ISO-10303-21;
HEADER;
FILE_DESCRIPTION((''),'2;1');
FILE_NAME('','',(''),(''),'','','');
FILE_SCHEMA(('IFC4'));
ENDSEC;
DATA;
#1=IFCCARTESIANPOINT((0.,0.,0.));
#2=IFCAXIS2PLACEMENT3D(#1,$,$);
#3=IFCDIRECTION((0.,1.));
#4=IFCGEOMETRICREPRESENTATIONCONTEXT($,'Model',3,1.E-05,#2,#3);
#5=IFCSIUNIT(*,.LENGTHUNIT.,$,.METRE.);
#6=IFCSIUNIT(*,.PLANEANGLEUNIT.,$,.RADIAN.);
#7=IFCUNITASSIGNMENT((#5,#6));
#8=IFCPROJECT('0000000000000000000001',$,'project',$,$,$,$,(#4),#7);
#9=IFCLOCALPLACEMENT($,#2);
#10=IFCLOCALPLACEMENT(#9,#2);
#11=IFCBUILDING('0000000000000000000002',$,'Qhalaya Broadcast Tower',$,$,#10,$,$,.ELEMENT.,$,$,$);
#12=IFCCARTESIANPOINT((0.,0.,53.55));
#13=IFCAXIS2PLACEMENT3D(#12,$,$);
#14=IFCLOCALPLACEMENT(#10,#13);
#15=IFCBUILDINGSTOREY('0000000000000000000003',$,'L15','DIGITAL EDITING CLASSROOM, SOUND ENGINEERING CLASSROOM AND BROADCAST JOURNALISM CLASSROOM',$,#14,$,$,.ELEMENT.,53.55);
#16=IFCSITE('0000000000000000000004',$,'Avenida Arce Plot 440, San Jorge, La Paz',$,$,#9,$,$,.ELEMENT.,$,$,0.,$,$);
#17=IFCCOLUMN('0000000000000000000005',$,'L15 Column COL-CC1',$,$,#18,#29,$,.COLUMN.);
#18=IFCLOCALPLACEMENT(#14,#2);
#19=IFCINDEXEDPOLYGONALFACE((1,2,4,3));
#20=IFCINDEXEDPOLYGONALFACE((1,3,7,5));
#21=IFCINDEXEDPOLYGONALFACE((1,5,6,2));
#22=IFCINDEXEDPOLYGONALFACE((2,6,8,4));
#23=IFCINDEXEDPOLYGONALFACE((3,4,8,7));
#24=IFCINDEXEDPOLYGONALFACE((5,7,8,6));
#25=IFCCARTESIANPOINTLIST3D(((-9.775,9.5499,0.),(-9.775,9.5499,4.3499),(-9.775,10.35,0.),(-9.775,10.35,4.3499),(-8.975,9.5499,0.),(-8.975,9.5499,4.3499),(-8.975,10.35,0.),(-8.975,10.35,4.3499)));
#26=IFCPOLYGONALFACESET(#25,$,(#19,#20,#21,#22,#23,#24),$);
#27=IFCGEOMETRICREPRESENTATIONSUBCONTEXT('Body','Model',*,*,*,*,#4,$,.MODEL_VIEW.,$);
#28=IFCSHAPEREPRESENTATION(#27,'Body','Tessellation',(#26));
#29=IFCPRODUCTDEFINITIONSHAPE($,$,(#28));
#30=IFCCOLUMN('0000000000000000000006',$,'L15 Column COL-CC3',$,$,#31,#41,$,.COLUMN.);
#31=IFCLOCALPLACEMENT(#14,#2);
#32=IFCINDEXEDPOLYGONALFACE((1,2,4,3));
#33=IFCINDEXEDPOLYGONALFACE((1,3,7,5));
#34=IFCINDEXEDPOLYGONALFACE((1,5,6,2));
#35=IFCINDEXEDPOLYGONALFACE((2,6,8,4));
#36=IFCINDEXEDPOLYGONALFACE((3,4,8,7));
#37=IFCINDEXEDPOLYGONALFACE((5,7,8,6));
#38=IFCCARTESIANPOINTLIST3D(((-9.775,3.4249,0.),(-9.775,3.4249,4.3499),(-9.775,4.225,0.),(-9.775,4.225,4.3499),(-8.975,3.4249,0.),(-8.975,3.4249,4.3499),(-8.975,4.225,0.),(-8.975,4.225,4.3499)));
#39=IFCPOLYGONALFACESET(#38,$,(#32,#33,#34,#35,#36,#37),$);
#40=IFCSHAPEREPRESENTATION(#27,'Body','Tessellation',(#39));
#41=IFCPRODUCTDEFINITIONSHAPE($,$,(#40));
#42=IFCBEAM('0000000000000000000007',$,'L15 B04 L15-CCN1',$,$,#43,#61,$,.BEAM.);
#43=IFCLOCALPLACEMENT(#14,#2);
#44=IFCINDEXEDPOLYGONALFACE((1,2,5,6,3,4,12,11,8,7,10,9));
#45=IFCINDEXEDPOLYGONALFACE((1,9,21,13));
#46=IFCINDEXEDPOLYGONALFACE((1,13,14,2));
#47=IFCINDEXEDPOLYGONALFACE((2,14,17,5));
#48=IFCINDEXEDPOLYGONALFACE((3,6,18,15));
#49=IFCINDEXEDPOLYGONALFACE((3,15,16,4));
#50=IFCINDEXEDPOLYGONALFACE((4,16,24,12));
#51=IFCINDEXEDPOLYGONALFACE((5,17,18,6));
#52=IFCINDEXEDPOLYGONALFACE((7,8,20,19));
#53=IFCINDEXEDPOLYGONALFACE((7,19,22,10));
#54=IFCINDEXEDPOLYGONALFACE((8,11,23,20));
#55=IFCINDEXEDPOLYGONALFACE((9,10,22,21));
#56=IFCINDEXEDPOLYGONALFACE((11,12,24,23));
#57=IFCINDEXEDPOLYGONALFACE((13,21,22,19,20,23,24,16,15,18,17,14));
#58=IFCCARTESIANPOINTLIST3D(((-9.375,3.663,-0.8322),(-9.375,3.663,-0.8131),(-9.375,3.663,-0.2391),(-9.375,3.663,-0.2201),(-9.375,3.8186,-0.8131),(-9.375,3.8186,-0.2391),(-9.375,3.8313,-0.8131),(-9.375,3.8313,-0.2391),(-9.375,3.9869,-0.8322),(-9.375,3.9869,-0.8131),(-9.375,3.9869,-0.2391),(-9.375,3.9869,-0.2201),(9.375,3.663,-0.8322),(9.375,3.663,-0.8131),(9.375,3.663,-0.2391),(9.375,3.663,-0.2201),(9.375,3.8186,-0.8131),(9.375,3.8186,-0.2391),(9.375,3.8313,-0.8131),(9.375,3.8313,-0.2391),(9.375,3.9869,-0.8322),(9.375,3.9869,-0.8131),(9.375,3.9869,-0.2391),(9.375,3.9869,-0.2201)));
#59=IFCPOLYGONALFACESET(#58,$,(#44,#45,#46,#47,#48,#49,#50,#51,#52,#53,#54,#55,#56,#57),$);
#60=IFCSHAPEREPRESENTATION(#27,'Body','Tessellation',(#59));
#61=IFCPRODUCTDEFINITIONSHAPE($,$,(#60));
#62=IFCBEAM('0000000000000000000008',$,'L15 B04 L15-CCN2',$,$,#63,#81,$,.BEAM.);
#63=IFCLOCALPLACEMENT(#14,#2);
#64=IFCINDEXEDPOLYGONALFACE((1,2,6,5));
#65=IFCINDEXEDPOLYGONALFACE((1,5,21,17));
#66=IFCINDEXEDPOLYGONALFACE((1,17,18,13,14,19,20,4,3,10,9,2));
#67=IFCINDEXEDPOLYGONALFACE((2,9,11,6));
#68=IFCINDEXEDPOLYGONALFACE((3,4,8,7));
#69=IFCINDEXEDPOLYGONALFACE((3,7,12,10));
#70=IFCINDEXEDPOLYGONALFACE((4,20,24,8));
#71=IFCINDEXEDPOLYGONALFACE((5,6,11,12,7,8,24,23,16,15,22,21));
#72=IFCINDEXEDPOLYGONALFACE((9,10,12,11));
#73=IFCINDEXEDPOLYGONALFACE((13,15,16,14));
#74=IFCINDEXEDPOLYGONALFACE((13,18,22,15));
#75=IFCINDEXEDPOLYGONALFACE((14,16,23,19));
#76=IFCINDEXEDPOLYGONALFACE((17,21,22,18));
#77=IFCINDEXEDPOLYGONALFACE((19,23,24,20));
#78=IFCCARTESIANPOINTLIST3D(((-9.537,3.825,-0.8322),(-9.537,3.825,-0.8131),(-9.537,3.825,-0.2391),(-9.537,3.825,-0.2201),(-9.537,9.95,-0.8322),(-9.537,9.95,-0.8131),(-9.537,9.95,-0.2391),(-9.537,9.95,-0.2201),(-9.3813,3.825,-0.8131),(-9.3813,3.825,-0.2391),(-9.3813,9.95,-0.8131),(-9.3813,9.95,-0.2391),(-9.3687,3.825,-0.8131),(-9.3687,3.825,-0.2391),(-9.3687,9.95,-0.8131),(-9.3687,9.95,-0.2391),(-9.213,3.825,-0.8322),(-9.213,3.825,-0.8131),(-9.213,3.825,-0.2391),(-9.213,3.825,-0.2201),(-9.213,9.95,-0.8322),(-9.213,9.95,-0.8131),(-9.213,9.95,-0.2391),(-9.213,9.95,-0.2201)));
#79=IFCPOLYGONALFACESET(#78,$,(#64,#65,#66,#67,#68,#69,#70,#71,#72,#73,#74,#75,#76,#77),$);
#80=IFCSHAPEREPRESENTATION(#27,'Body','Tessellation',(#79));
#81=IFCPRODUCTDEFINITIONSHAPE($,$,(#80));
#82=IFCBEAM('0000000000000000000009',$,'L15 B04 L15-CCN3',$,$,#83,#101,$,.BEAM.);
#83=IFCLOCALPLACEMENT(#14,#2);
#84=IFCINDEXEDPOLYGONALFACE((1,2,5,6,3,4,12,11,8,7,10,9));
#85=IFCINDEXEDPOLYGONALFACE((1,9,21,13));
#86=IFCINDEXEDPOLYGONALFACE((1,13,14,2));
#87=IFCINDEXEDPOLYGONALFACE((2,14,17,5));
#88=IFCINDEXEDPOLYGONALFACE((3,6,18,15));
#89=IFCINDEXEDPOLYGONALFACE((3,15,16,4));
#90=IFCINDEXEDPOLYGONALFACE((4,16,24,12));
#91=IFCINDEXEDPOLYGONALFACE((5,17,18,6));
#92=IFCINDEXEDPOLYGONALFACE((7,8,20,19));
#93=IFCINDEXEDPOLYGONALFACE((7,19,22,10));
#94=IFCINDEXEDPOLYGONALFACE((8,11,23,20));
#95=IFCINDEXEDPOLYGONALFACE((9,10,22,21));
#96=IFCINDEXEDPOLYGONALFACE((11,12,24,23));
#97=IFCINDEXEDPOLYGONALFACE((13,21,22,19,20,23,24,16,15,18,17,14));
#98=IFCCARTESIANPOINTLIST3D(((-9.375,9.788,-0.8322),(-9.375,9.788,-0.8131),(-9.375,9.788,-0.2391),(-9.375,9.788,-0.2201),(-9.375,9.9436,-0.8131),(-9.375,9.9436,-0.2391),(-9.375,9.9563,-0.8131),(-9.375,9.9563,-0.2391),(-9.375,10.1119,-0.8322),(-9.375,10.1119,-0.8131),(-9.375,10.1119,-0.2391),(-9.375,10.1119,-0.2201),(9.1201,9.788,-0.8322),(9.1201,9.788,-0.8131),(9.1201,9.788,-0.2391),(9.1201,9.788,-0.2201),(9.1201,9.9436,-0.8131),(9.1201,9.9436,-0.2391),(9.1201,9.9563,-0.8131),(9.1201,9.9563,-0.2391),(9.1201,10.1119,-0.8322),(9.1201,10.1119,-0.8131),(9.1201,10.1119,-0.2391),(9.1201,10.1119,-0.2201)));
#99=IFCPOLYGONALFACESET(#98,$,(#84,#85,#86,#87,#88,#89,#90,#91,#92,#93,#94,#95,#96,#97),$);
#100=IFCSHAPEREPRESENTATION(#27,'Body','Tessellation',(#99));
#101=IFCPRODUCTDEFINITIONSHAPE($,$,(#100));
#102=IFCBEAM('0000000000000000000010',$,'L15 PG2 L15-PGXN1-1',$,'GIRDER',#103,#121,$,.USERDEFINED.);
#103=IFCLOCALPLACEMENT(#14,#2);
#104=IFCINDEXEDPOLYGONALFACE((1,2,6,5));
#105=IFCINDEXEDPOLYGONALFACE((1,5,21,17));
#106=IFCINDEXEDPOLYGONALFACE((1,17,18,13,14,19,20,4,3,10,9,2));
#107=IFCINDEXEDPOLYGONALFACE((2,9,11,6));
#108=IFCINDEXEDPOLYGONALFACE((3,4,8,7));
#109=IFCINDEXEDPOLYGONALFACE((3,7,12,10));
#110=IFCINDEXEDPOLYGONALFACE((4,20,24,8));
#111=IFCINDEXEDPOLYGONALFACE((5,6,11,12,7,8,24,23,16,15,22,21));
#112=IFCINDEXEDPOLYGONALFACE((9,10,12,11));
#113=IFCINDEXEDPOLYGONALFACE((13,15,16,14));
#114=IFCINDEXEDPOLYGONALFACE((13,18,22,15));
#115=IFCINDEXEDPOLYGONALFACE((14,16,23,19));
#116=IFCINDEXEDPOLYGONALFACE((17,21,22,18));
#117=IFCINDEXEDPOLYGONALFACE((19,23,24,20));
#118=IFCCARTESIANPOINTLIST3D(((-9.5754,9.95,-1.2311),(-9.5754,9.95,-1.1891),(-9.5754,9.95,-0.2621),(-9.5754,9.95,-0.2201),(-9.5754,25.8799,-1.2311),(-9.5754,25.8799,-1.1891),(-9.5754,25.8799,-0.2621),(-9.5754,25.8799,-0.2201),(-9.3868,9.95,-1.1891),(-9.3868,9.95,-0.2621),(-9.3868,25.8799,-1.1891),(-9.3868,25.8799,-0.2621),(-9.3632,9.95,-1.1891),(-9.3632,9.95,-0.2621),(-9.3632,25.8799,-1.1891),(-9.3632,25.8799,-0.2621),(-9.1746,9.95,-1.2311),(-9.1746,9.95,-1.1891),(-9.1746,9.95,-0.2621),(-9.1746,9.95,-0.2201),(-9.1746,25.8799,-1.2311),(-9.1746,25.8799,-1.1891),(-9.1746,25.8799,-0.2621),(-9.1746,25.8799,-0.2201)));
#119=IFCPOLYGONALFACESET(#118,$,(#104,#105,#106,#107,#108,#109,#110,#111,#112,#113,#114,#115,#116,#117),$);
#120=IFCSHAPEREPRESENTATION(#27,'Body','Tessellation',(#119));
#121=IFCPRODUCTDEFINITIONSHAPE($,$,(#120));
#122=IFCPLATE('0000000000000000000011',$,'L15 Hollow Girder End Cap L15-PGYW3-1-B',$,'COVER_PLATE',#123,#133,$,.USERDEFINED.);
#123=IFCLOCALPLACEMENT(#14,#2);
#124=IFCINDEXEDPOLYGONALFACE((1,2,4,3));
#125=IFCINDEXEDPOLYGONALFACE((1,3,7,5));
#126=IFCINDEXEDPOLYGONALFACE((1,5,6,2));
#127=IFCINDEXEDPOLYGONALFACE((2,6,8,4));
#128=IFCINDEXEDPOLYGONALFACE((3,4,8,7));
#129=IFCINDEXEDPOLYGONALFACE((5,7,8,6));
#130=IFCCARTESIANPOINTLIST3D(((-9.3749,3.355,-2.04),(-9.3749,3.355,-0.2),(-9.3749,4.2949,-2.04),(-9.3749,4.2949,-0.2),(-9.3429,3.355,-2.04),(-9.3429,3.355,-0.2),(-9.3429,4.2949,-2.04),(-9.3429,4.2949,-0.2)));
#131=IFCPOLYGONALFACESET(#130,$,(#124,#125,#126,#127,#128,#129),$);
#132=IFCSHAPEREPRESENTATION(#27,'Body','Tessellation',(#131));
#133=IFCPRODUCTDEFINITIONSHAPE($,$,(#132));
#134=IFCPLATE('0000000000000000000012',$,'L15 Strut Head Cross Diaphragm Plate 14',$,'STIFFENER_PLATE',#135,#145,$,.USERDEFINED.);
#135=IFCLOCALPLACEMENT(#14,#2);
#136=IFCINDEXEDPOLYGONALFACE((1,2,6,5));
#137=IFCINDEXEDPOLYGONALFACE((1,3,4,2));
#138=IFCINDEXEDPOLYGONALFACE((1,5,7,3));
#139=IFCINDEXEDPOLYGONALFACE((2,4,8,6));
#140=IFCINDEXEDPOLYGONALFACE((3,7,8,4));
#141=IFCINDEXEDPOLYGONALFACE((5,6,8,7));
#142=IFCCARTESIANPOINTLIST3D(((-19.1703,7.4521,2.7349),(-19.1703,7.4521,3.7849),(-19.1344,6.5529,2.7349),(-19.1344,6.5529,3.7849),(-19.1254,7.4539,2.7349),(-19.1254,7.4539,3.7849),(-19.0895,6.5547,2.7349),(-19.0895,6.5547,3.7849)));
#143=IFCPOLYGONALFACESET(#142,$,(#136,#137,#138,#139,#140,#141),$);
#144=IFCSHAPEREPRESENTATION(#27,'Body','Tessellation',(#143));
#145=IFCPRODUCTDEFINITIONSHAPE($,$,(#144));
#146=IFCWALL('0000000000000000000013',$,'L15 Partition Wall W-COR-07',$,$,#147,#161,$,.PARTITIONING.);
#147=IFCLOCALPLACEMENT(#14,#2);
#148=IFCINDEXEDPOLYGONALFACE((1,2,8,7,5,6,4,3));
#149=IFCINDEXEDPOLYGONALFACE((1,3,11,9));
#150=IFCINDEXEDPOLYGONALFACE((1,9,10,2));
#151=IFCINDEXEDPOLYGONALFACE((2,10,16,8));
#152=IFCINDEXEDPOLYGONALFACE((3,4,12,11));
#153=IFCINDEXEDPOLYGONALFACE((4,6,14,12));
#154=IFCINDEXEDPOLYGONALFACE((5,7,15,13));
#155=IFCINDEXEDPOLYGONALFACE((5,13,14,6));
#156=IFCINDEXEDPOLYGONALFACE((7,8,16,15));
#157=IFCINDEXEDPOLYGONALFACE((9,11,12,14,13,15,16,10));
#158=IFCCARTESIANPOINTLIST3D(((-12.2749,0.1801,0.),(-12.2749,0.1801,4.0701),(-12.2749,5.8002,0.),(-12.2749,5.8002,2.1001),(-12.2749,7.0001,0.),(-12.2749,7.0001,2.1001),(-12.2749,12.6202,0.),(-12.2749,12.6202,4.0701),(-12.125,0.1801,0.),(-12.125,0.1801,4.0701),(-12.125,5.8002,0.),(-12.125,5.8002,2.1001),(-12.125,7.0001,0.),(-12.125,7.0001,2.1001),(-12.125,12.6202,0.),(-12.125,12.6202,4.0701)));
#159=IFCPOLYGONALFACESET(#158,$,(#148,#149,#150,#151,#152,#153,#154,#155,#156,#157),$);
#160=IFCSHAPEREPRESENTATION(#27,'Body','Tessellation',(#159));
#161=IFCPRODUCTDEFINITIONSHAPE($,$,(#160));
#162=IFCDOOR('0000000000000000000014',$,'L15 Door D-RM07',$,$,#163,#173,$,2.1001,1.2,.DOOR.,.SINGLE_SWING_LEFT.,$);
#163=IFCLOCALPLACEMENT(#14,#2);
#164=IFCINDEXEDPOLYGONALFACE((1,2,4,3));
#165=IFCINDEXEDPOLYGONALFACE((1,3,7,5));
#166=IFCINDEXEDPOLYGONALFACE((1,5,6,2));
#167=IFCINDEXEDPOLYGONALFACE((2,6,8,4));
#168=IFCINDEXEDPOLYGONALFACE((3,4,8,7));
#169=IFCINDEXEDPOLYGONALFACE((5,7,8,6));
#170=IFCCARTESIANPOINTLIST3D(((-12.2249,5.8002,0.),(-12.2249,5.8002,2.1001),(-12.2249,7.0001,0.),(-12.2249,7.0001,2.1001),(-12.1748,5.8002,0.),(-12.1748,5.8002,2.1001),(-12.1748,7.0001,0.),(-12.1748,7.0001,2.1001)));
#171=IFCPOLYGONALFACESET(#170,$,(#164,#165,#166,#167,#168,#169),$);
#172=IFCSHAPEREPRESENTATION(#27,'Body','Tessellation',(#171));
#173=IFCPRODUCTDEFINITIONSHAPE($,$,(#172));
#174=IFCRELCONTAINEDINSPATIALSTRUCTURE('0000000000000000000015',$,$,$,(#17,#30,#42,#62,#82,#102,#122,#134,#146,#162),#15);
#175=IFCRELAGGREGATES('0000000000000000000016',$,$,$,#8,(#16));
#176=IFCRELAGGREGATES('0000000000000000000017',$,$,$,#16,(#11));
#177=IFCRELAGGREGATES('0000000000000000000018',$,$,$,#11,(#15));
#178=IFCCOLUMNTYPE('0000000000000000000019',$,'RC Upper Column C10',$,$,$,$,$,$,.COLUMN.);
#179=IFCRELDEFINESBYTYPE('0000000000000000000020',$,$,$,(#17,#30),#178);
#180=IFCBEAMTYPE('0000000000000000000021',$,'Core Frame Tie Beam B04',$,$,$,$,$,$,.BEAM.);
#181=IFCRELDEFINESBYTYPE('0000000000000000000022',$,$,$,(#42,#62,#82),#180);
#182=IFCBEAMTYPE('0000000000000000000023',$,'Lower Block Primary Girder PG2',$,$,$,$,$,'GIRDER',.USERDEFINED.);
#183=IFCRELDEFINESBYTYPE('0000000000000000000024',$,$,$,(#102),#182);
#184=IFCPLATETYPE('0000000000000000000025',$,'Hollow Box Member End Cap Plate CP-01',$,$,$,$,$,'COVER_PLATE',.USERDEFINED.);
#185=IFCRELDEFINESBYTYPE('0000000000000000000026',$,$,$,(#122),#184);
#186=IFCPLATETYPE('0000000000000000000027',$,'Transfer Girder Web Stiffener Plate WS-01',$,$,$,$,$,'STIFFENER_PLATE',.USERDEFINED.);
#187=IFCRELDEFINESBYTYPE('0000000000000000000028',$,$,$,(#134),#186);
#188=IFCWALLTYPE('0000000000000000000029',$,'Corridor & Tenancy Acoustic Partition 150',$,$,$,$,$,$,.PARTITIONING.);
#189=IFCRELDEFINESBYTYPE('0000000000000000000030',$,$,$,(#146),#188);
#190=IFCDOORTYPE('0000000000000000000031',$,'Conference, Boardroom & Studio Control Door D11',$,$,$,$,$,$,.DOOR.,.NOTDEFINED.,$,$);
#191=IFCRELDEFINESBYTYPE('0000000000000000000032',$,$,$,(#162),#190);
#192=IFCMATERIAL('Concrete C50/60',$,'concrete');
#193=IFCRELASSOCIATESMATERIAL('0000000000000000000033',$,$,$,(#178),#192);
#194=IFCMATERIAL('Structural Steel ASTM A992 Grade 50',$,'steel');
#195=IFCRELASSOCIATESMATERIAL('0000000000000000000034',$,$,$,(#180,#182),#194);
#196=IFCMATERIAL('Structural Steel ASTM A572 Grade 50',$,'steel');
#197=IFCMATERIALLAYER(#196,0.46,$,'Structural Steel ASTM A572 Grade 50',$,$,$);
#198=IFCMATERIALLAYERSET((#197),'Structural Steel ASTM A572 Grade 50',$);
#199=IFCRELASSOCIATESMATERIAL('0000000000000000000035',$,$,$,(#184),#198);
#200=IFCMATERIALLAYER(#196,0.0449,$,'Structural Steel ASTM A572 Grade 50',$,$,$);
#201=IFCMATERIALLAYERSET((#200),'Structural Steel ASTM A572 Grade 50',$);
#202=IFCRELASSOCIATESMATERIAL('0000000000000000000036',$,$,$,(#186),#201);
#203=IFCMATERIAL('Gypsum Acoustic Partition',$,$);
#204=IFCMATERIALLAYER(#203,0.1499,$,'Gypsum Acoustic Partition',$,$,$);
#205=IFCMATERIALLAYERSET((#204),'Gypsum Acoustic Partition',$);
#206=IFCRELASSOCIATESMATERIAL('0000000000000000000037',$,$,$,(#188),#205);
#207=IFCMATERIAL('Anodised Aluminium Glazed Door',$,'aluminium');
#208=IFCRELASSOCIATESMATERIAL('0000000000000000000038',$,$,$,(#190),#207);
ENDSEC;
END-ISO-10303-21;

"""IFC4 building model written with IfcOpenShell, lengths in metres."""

from ifc_helpers import new_model, si_unit, direction, frame, frame_2d, origin, origin_2d, place, context, subcontext, project, spatial, rectangle, i_section, extrude, material, layer, layer_set, material_profile, profile_set, type_object, element, fill, save


model = new_model("IFC4")

# Units and contexts
model_context = context("Model", 3, precision=1e-05, world=origin(), true_north=direction((0.0, 1.0)))
body_context = subcontext(model_context, "Body", "Model", "MODEL_VIEW")
ifc_project = project(units=[si_unit("LENGTHUNIT", "METRE"), si_unit("PLANEANGLEUNIT", "RADIAN")], contexts=[model_context])

# Site, building, storey
site_placement = place(None, origin())
site = spatial("IfcSite", under=ifc_project, at=site_placement, Name="Avenida Arce Plot 440, San Jorge, La Paz", CompositionType="ELEMENT", RefElevation=0.0)
building_placement = place(site_placement, origin())
building = spatial("IfcBuilding", under=site, at=building_placement, Name="Qhalaya Broadcast Tower", CompositionType="ELEMENT")
storey_placement = place(building_placement, frame((0.0, 0.0, 53.55)))
storey = spatial("IfcBuildingStorey", under=building, at=storey_placement, Name="L15", Description="DIGITAL EDITING CLASSROOM, SOUND ENGINEERING CLASSROOM AND BROADCAST JOURNALISM CLASSROOM", CompositionType="ELEMENT", Elevation=53.55)

# Columns
ifc_material_1 = material(Name="Concrete C50/60", Category="concrete")
ifc_material_profile_1 = material_profile(ifc_material_1, rectangle(XDim=0.8, YDim=0.8, at=origin_2d()), Name="RC-COL 800x800")
ifc_profile_set_1 = profile_set([ifc_material_profile_1], Name="Concrete C50/60")
column_type = type_object("IfcColumnType", Name="RC Upper Column C10", PredefinedType="COLUMN", material=ifc_profile_set_1)
for number, where, z_axis, x_axis, name in (
    (1, (-9.375, 9.95, 0.0), (0.0, 0.0, 1.0), (1.0, 0.0, 0.0), "L15 Column COL-CC1"),
    (2, (-9.375, 3.825, 0.0), (0.0, 0.0, 1.0), (1.0, 0.0, 0.0), "L15 Column COL-CC3"),
):
    element("IfcColumn", number, at=place(storey_placement, frame(where, z_axis=z_axis, x_axis=x_axis)), inside=storey, type_object=column_type, Name=name, PredefinedType="COLUMN", context=body_context, shape_type="SweptSolid", body=[
        extrude(rectangle(XDim=0.8, YDim=0.8, at=origin_2d()), origin(), (0.0, 0.0, 1.0), 4.3499),
    ])

# Beams
ifc_material_2 = material(Name="Structural Steel ASTM A992 Grade 50", Category="steel")
ifc_material_profile_2 = material_profile(ifc_material_2, i_section(OverallWidth=0.324, OverallDepth=0.6121, WebThickness=0.0127, FlangeThickness=0.019, at=origin_2d()), Name="W24X104")
ifc_profile_set_2 = profile_set([ifc_material_profile_2], Name="Structural Steel ASTM A992 Grade 50")
beam_type_1 = type_object("IfcBeamType", Name="Core Frame Tie Beam B04", PredefinedType="BEAM", material=ifc_profile_set_2)
beam_1_placement = place(storey_placement, frame((-9.375, 3.825, -0.5261), z_axis=(1.0, 0.0, 0.0), x_axis=(0.0, 1.0, 0.0)))
element("IfcBeam", 3, at=beam_1_placement, inside=storey, type_object=beam_type_1, Name="L15 B04 L15-CCN1", PredefinedType="BEAM", context=body_context, shape_type="SweptSolid", body=[
    extrude(i_section(OverallWidth=0.324, OverallDepth=0.6121, WebThickness=0.0127, FlangeThickness=0.019, at=origin_2d()), origin(), (0.0, 0.0, 1.0), 18.75),
])
beam_2_placement = place(storey_placement, frame((-9.375, 3.825, -0.5261), z_axis=(0.0, 1.0, 0.0), x_axis=(-1.0, 0.0, 0.0)))
element("IfcBeam", 4, at=beam_2_placement, inside=storey, type_object=beam_type_1, Name="L15 B04 L15-CCN2", PredefinedType="BEAM", context=body_context, shape_type="SweptSolid", body=[
    extrude(i_section(OverallWidth=0.324, OverallDepth=0.6121, WebThickness=0.0127, FlangeThickness=0.019, at=origin_2d()), origin(), (0.0, 0.0, 1.0), 6.125),
])
beam_3_placement = place(storey_placement, frame((-9.375, 9.95, -0.5261), z_axis=(1.0, 0.0, 0.0), x_axis=(0.0, 1.0, 0.0)))
element("IfcBeam", 5, at=beam_3_placement, inside=storey, type_object=beam_type_1, Name="L15 B04 L15-CCN3", PredefinedType="BEAM", context=body_context, shape_type="SweptSolid", body=[
    extrude(i_section(OverallWidth=0.324, OverallDepth=0.6121, WebThickness=0.0127, FlangeThickness=0.019, at=origin_2d()), origin(), (0.0, 0.0, 1.0), 18.4951),
])
ifc_material_profile_3 = material_profile(ifc_material_2, i_section(OverallWidth=0.4009, OverallDepth=1.011, WebThickness=0.0237, FlangeThickness=0.042, at=origin_2d()), Name="W40X297")
ifc_profile_set_3 = profile_set([ifc_material_profile_3], Name="Structural Steel ASTM A992 Grade 50")
beam_type_2 = type_object("IfcBeamType", Name="Lower Block Primary Girder PG2", ElementType="GIRDER", PredefinedType="USERDEFINED", material=ifc_profile_set_3)
beam_4_placement = place(storey_placement, frame((-9.375, 9.95, -0.7256), z_axis=(0.0, 1.0, 0.0), x_axis=(-1.0, 0.0, 0.0)))
element("IfcBeam", 6, at=beam_4_placement, inside=storey, type_object=beam_type_2, Name="L15 PG2 L15-PGXN1-1", ObjectType="GIRDER", PredefinedType="USERDEFINED", context=body_context, shape_type="SweptSolid", body=[
    extrude(i_section(OverallWidth=0.4009, OverallDepth=1.011, WebThickness=0.0237, FlangeThickness=0.042, at=origin_2d()), origin(), (0.0, 0.0, 1.0), 15.9299),
])

# Plates
ifc_material_3 = material(Name="Structural Steel ASTM A572 Grade 50", Category="steel")
ifc_layer_1 = layer(ifc_material_3, 0.46, Name="Structural Steel ASTM A572 Grade 50")
ifc_layer_set_1 = layer_set([ifc_layer_1], Name="Structural Steel ASTM A572 Grade 50")
plate_type_1 = type_object("IfcPlateType", Name="Hollow Box Member End Cap Plate CP-01", ElementType="COVER_PLATE", PredefinedType="USERDEFINED", material=ifc_layer_set_1)
plate_1_placement = place(storey_placement, frame((-9.3589, 3.825, -2.04), z_axis=(0.0, 0.0, 1.0), x_axis=(0.0, 1.0, 0.0)))
element("IfcPlate", 7, at=plate_1_placement, inside=storey, type_object=plate_type_1, Name="L15 Hollow Girder End Cap L15-PGYW3-1-B", ObjectType="COVER_PLATE", PredefinedType="USERDEFINED", context=body_context, shape_type="SweptSolid", body=[
    extrude(rectangle(XDim=0.9399, YDim=0.032, at=origin_2d()), origin(), (0.0, 0.0, 1.0), 1.8401),
])
ifc_layer_2 = layer(ifc_material_3, 0.0449, Name="Structural Steel ASTM A572 Grade 50")
ifc_layer_set_2 = layer_set([ifc_layer_2], Name="Structural Steel ASTM A572 Grade 50")
plate_type_2 = type_object("IfcPlateType", Name="Transfer Girder Web Stiffener Plate WS-01", ElementType="STIFFENER_PLATE", PredefinedType="USERDEFINED", material=ifc_layer_set_2)
plate_2_placement = place(storey_placement, frame((-19.1299, 7.0034, 2.7349), z_axis=(0.0, 0.0, 1.0), x_axis=(-0.039853, 0.999206, 0.0)))
element("IfcPlate", 8, at=plate_2_placement, inside=storey, type_object=plate_type_2, Name="L15 Strut Head Cross Diaphragm Plate 14", ObjectType="STIFFENER_PLATE", PredefinedType="USERDEFINED", context=body_context, shape_type="SweptSolid", body=[
    extrude(rectangle(XDim=0.8999, YDim=0.0449, at=origin_2d()), origin(), (0.0, 0.0, 1.0), 1.05),
])

# Wall, opening, door
ifc_material_4 = material(Name="Gypsum Acoustic Partition")
ifc_layer_3 = layer(ifc_material_4, 0.1499, Name="Gypsum Acoustic Partition")
ifc_layer_set_3 = layer_set([ifc_layer_3], Name="Gypsum Acoustic Partition")
wall_type_1 = type_object("IfcWallType", Name="Corridor & Tenancy Acoustic Partition 150", PredefinedType="PARTITIONING", material=ifc_layer_set_3)
wall_1_placement = place(storey_placement, frame((-12.2, 0.1799, 0.0), z_axis=(0.0, 0.0, 1.0), x_axis=(0.0, 1.0, 0.0)))
wall_1 = element("IfcWall", 9, at=wall_1_placement, inside=storey, type_object=wall_type_1, Name="L15 Partition Wall W-COR-07", PredefinedType="PARTITIONING", context=body_context, shape_type="SweptSolid", body=[
    extrude(rectangle(XDim=12.4402, YDim=0.1499, at=frame_2d((6.2202, 0.0))), origin(), (0.0, 0.0, 1.0), 4.0701),
])
opening_1_placement = place(wall_1_placement, frame((5.6201, 0.0, 0.0)))
opening_1 = element("IfcOpeningElement", 10, at=opening_1_placement, cuts=wall_1, PredefinedType="OPENING", context=body_context, shape_type="SweptSolid", body=[
    extrude(rectangle(XDim=1.2, YDim=2.1001, at=frame_2d((0.6001, 1.05))), frame((0.0, 0.0869, 0.0), z_axis=(0.0, -1.0, 0.0), x_axis=(1.0, 0.0, 0.0)), (0.0, 0.0, 1.0), 0.1738),
])
ifc_material_5 = material(Name="Anodised Aluminium Glazed Door", Category="aluminium")
door_type_1 = type_object("IfcDoorType", Name="Conference, Boardroom & Studio Control Door D11", OperationType="NOTDEFINED", PredefinedType="DOOR", material=ifc_material_5)
door_1_placement = place(opening_1_placement, origin())
door_1 = element("IfcDoor", 11, at=door_1_placement, inside=storey, type_object=door_type_1, Name="L15 Door D-RM07", OperationType="SINGLE_SWING_LEFT", OverallHeight=2.1001, OverallWidth=1.2, PredefinedType="DOOR", context=body_context, shape_type="SweptSolid", body=[
    extrude(rectangle(XDim=1.2, YDim=2.1001, at=frame_2d((0.6001, 1.05))), frame((0.0, 0.0249, 0.0), z_axis=(0.0, -1.0, 0.0), x_axis=(1.0, 0.0, 0.0)), (0.0, 0.0, 1.0), 0.05),
])
fill(opening_1, door_1)

save(model, "model.ifc")
